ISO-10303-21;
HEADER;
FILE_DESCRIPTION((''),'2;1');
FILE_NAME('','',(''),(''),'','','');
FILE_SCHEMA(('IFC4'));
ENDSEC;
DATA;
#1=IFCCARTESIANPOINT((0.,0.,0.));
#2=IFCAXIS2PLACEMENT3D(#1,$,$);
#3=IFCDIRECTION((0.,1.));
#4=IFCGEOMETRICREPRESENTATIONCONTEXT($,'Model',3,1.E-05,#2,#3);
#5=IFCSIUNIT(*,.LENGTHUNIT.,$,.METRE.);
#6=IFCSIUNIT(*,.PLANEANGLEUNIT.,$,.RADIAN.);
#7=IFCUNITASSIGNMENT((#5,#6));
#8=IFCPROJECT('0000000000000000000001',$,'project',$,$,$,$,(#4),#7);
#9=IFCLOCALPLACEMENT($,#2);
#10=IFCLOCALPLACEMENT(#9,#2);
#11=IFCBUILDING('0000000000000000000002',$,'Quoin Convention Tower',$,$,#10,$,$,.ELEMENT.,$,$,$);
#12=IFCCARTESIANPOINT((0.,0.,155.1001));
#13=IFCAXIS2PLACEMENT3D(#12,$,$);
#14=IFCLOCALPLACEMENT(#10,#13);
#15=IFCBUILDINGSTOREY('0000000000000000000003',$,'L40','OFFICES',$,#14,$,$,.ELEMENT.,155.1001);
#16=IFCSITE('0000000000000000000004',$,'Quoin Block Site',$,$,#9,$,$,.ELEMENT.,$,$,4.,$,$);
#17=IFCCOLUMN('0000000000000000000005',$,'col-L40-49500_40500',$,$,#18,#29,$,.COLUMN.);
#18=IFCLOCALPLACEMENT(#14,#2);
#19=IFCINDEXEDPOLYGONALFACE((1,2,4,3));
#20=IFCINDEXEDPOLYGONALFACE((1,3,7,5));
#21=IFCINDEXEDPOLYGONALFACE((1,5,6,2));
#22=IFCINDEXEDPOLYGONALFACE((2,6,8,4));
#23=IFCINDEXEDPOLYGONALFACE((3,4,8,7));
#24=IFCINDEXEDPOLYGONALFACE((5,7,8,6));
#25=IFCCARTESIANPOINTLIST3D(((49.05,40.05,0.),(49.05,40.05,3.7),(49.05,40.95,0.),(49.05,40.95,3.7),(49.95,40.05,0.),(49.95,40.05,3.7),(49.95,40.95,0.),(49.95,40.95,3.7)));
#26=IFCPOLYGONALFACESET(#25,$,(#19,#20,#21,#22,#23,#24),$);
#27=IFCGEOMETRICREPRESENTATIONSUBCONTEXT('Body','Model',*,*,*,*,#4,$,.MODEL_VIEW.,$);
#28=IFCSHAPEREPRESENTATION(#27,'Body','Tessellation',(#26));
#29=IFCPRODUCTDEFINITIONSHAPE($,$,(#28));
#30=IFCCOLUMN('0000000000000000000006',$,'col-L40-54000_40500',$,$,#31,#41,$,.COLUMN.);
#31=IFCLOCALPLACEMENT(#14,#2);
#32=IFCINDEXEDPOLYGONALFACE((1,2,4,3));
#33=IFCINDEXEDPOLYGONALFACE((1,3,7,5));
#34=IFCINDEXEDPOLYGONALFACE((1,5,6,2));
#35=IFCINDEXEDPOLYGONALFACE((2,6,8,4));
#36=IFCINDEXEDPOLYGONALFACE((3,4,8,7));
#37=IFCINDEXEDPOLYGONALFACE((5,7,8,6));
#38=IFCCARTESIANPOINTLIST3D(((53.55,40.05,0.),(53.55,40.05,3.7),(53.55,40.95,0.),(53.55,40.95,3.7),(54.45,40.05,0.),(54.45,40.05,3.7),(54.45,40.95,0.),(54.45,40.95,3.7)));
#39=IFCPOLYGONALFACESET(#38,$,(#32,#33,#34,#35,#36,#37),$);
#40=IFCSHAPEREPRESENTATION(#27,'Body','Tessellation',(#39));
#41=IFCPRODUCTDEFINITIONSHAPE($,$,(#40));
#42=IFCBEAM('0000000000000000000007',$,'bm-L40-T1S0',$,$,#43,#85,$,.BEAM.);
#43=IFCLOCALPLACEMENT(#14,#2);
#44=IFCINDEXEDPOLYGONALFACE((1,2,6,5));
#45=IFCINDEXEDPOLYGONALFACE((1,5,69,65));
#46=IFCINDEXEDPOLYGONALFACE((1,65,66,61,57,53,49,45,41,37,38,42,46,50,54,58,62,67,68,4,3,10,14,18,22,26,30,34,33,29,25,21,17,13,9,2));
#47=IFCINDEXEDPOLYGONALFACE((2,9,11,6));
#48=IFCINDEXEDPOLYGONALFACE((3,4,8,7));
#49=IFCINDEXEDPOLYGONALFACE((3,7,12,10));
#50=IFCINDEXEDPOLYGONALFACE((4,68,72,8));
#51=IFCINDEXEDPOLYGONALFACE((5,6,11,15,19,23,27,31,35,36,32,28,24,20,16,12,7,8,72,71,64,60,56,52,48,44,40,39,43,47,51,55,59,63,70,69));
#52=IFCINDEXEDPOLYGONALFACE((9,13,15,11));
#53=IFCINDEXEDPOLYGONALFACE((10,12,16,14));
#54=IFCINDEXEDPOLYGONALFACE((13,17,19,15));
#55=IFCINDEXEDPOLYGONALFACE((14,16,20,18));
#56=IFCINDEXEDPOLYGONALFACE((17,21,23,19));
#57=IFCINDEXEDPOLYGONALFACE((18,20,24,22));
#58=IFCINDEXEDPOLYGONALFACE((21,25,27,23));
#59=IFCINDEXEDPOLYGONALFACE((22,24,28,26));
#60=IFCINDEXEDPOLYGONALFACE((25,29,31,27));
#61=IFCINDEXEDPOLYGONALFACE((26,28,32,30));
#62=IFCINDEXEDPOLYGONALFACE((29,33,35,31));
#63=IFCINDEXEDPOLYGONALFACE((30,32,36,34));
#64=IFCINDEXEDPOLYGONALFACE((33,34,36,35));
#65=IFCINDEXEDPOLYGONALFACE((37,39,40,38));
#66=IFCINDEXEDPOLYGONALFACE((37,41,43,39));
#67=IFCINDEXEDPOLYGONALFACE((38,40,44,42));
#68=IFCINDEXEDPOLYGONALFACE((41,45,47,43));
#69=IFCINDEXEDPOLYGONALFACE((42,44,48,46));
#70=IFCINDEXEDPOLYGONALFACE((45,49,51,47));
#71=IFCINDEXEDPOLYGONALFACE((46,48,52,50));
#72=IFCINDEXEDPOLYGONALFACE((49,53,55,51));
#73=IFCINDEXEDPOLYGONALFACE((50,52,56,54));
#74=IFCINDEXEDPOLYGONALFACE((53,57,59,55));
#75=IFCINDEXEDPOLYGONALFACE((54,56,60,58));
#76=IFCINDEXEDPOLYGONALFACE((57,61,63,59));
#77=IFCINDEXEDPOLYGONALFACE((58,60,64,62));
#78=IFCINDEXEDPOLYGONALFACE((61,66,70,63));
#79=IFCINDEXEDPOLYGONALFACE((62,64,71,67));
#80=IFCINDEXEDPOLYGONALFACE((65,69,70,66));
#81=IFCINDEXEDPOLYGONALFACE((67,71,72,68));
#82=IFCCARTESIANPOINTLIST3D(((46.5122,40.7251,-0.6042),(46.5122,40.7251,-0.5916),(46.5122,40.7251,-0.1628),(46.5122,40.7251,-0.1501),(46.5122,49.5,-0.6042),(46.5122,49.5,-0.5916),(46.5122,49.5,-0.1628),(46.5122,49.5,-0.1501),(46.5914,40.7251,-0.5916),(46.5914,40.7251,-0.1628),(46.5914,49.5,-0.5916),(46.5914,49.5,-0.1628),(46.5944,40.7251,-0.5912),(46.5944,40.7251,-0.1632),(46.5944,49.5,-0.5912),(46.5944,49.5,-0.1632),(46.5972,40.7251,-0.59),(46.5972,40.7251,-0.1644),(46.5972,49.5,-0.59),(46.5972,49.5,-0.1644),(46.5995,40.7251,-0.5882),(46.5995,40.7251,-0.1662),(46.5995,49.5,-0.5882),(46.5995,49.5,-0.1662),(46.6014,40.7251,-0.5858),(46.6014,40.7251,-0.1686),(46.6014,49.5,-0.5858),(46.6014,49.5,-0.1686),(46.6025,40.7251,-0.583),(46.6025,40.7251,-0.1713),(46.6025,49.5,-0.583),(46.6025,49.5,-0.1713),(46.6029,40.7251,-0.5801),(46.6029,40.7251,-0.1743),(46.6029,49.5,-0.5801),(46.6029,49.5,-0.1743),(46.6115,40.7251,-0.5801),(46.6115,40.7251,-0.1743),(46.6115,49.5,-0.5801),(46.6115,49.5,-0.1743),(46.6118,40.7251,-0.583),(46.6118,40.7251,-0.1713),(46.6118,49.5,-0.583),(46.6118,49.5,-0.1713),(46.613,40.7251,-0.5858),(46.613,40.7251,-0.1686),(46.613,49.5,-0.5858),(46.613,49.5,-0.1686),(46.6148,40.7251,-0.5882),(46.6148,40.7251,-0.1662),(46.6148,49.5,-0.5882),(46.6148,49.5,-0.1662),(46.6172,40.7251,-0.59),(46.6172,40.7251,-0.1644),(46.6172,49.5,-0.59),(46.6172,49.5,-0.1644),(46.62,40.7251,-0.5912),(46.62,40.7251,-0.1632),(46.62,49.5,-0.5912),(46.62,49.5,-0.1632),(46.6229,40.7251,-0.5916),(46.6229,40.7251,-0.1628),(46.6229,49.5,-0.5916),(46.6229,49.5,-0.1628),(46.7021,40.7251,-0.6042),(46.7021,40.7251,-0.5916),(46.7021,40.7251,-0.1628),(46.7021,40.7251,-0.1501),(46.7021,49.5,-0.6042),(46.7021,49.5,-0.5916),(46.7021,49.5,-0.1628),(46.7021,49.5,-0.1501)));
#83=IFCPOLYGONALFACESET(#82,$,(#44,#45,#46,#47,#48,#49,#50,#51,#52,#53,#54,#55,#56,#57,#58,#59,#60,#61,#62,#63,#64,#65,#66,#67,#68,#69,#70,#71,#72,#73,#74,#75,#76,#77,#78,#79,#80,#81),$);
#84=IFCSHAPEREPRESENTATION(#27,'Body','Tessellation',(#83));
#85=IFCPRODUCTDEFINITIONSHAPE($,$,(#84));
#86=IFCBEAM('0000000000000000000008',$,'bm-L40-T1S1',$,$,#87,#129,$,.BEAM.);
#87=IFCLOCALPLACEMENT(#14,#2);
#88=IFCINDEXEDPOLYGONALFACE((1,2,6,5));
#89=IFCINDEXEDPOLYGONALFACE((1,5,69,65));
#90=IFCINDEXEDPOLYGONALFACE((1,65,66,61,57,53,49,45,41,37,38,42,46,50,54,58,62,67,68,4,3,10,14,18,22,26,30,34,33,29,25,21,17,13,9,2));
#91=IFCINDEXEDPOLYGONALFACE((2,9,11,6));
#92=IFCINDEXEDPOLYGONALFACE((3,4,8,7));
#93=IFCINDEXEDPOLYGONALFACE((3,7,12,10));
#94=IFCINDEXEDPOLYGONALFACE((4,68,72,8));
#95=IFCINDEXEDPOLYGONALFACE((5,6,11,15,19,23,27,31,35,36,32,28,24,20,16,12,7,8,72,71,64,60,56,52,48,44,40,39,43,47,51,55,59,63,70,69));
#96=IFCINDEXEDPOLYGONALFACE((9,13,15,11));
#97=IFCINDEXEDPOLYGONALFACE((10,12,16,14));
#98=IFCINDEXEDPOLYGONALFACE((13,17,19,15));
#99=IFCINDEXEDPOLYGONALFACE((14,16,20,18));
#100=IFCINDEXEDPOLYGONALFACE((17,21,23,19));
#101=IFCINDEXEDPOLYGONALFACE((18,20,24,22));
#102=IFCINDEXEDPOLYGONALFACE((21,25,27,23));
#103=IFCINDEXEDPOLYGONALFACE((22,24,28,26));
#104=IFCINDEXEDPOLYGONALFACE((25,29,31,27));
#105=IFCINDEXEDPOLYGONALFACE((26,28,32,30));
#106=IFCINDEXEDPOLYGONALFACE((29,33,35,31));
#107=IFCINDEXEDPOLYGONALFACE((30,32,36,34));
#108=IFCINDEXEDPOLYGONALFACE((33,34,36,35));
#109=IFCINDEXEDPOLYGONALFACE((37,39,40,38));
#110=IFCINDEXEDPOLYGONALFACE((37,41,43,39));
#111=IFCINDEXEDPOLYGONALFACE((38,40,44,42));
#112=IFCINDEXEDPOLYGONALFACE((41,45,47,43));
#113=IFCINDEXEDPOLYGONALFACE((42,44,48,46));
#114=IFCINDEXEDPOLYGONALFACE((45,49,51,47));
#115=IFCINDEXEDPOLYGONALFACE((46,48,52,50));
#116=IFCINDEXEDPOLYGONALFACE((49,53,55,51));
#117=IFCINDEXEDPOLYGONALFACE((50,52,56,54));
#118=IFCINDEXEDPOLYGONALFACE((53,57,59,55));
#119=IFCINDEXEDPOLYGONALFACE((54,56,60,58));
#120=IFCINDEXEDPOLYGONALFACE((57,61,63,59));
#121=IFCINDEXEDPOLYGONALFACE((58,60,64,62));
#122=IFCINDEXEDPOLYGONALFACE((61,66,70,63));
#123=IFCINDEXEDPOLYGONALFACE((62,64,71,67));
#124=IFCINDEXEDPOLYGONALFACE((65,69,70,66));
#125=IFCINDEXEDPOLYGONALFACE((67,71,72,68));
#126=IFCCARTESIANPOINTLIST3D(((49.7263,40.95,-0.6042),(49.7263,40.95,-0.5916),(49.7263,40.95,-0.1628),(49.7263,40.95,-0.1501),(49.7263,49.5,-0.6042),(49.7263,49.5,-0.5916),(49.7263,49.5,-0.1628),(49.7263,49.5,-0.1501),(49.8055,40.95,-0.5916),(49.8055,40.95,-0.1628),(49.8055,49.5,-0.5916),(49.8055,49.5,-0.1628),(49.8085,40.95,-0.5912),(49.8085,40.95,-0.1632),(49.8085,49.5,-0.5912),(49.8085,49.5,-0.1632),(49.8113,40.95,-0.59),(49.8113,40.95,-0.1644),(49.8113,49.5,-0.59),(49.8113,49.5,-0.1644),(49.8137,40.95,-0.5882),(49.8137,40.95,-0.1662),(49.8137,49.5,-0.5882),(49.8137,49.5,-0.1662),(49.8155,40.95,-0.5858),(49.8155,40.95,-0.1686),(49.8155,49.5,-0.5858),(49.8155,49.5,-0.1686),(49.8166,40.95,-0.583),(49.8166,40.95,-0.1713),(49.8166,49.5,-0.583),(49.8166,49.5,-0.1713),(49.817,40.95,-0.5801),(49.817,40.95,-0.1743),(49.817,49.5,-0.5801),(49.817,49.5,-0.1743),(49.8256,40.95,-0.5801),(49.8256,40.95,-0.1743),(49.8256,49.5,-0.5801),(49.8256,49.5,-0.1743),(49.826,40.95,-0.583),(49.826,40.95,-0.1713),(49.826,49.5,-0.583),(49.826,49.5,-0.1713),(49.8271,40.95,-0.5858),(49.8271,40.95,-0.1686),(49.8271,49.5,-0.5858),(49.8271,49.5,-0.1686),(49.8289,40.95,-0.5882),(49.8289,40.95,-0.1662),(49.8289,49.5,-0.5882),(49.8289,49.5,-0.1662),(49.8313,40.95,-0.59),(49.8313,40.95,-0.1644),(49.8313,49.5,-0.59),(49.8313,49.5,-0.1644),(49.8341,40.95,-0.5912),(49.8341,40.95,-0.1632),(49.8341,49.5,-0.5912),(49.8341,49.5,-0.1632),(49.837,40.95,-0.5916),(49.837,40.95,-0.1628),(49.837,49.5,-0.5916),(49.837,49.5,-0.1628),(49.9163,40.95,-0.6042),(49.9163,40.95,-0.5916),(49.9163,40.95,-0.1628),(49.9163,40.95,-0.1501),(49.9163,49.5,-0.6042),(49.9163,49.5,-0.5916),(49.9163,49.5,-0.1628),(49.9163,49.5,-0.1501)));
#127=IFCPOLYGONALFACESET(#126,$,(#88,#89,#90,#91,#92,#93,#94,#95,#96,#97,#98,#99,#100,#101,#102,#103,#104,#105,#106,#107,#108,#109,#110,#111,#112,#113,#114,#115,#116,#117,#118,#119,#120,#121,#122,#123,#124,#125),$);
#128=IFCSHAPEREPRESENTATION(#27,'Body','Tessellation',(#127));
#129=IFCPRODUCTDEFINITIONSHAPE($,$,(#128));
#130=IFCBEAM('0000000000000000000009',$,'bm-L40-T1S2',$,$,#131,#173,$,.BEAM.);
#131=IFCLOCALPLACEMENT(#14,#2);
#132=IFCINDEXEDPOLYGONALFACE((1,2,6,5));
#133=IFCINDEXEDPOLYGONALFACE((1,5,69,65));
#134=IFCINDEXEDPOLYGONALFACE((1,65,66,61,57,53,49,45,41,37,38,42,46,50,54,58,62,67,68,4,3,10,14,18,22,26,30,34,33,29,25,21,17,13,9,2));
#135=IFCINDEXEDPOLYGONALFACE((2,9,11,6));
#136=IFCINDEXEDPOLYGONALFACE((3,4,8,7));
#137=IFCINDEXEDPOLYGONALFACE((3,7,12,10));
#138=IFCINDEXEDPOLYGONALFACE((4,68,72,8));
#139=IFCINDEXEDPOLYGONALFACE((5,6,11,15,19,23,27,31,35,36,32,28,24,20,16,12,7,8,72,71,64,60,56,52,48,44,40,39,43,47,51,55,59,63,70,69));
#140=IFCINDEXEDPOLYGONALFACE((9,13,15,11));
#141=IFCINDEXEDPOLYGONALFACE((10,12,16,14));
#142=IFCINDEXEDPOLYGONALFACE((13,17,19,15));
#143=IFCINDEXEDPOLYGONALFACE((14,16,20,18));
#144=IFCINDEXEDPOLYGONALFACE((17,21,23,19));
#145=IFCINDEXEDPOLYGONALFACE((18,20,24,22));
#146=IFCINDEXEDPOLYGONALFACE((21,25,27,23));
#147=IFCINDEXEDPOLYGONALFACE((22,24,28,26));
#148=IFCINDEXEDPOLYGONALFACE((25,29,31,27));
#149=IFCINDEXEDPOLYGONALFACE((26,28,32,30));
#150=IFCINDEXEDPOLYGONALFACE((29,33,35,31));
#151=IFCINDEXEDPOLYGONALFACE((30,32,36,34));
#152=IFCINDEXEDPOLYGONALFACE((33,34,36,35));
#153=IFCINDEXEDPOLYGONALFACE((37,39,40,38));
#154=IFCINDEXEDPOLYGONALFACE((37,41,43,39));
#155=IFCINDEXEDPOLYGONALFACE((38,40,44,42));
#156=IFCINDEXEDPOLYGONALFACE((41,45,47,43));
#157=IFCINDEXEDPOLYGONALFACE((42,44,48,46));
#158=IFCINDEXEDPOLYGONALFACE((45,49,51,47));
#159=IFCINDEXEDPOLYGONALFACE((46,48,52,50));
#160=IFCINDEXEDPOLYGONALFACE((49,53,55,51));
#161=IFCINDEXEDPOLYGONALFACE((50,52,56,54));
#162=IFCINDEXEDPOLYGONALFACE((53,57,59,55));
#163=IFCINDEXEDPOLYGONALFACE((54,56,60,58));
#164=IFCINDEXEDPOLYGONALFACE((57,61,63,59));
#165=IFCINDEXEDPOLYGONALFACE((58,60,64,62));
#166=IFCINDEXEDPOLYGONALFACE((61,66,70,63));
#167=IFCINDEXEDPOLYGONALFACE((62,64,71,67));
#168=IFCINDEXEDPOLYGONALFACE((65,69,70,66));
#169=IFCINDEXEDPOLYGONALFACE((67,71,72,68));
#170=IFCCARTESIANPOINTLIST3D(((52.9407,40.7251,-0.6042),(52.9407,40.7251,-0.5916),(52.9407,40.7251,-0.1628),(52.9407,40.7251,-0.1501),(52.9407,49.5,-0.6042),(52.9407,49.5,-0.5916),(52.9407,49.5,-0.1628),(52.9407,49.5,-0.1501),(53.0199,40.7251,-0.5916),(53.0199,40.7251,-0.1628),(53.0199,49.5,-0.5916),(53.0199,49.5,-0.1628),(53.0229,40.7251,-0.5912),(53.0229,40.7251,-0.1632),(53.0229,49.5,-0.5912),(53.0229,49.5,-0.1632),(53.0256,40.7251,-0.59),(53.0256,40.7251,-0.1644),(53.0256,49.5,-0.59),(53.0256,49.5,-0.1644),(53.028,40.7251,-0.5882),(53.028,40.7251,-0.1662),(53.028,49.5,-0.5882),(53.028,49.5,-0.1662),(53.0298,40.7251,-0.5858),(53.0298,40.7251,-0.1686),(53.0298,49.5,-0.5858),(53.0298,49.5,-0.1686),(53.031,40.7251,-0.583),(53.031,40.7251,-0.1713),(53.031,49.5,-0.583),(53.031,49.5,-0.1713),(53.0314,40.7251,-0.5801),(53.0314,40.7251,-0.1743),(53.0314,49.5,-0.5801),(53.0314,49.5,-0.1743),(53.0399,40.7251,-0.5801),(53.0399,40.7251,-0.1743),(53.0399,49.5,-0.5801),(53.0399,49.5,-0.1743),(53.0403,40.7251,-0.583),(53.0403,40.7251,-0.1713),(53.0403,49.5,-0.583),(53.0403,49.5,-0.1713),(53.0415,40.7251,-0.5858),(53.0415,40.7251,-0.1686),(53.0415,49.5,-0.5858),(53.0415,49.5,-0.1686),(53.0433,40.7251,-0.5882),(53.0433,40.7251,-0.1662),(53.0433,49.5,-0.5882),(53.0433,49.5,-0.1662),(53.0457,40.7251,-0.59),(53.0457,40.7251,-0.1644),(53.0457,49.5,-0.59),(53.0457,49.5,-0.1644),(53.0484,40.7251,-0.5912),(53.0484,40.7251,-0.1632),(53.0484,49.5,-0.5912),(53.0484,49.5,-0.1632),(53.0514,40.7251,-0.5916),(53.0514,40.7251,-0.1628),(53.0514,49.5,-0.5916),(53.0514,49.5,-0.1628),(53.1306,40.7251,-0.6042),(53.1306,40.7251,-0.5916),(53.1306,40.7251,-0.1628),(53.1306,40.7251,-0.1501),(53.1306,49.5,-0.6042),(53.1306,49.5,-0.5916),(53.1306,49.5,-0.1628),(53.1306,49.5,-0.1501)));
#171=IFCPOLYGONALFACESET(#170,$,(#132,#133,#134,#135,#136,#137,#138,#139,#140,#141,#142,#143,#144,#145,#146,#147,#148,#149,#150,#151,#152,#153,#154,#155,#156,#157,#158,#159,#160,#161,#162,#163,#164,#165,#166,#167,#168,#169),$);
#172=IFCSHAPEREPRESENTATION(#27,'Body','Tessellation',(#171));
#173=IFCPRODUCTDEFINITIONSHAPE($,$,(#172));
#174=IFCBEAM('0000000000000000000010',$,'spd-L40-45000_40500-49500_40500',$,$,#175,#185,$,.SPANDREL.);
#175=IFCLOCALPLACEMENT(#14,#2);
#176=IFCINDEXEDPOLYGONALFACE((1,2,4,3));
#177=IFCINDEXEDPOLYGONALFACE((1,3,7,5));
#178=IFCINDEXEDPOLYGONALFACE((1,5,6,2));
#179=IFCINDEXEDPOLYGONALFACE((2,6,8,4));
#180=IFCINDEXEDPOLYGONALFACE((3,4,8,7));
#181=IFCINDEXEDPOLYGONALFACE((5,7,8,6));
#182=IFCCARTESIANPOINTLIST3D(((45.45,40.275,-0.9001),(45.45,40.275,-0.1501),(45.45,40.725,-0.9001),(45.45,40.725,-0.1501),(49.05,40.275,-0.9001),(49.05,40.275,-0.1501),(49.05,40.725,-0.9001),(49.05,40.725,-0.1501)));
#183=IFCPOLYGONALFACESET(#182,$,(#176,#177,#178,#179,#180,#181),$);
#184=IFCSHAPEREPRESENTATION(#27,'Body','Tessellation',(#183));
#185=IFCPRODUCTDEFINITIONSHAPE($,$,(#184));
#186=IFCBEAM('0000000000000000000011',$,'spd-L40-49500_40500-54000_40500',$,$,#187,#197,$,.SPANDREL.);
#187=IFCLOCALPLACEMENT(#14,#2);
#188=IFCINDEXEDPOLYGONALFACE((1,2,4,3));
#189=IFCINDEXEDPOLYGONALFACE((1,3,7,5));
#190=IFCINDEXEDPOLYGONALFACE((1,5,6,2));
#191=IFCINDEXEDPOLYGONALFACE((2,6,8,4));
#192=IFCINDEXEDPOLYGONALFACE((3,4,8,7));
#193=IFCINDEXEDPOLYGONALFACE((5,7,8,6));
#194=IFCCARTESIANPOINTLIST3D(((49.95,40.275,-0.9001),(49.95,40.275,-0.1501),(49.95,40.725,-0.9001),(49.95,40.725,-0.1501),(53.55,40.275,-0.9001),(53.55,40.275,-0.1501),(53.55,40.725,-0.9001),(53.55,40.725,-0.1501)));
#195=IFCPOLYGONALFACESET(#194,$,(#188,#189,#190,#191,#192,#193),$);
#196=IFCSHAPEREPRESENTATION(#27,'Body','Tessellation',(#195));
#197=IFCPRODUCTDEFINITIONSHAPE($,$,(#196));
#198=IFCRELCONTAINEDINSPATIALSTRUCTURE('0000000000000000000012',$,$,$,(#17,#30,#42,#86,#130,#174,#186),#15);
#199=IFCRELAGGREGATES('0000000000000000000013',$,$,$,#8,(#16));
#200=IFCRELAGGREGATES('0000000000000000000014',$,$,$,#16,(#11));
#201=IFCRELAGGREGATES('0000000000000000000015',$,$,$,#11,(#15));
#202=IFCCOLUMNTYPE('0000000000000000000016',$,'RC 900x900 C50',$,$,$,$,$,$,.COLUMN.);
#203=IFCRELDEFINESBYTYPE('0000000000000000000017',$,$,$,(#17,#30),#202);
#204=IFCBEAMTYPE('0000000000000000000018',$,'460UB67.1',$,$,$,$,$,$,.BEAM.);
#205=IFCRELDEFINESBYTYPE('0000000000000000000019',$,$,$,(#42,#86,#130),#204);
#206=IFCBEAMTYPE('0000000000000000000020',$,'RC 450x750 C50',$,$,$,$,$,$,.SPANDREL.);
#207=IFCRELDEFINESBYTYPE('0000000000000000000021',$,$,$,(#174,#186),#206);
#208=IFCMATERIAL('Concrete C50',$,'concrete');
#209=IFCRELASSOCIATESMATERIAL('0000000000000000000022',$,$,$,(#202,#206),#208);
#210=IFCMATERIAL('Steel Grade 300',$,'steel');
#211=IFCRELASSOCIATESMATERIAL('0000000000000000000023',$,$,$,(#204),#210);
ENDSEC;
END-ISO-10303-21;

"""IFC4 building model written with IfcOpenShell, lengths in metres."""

from ifc_helpers import new_model, si_unit, direction, frame, origin, origin_2d, place, context, subcontext, project, spatial, rectangle, i_section, extrude, material, material_profile, profile_set, type_object, element, save


model = new_model("IFC4")

# Units and contexts
model_context = context("Model", 3, precision=1e-05, world=origin(), true_north=direction((0.0, 1.0)))
body_context = subcontext(model_context, "Body", "Model", "MODEL_VIEW")
ifc_project = project(units=[si_unit("LENGTHUNIT", "METRE"), si_unit("PLANEANGLEUNIT", "RADIAN")], contexts=[model_context])

# Site, building, storey
site_placement = place(None, origin())
site = spatial("IfcSite", under=ifc_project, at=site_placement, Name="Quoin Block Site", CompositionType="ELEMENT", RefElevation=4.0)
building_placement = place(site_placement, origin())
building = spatial("IfcBuilding", under=site, at=building_placement, Name="Quoin Convention Tower", CompositionType="ELEMENT")
storey_placement = place(building_placement, frame((0.0, 0.0, 155.1001)))
storey = spatial("IfcBuildingStorey", under=building, at=storey_placement, Name="L40", Description="OFFICES", CompositionType="ELEMENT", Elevation=155.1001)

# Columns
ifc_material_1 = material(Name="Concrete C50", Category="concrete")
ifc_material_profile_1 = material_profile(ifc_material_1, rectangle(XDim=0.8999, YDim=0.8999, at=origin_2d()), Name="RC 900x900")
ifc_profile_set_1 = profile_set([ifc_material_profile_1], Name="Concrete C50")
column_type = type_object("IfcColumnType", Name="RC 900x900 C50", PredefinedType="COLUMN", material=ifc_profile_set_1)
for number, where, z_axis, x_axis, name in (
    (1, (49.5, 40.5, 0.0), (0.0, 0.0, 1.0), (1.0, 0.0, 0.0), "col-L40-49500_40500"),
    (2, (54.0, 40.5, 0.0), (0.0, 0.0, 1.0), (1.0, 0.0, 0.0), "col-L40-54000_40500"),
):
    element("IfcColumn", number, at=place(storey_placement, frame(where, z_axis=z_axis, x_axis=x_axis)), inside=storey, type_object=column_type, Name=name, PredefinedType="COLUMN", context=body_context, shape_type="SweptSolid", body=[
        extrude(rectangle(XDim=0.8999, YDim=0.8999, at=origin_2d()), origin(), (0.0, 0.0, 1.0), 3.7),
    ])

# Beams
ifc_material_2 = material(Name="Steel Grade 300", Category="steel")
ifc_material_profile_2 = material_profile(ifc_material_2, i_section(OverallWidth=0.1899, OverallDepth=0.4541, WebThickness=0.0085, FlangeThickness=0.0127, FilletRadius=0.0115, at=origin_2d()), Name="460UB67.1")
ifc_profile_set_2 = profile_set([ifc_material_profile_2], Name="Steel Grade 300")
beam_type_1 = type_object("IfcBeamType", Name="460UB67.1", PredefinedType="BEAM", material=ifc_profile_set_2)
beam_1_placement = place(storey_placement, frame((46.6072, 40.7251, -0.3772), z_axis=(0.0, 1.0, 0.0), x_axis=(-1.0, 0.0, 0.0)))
element("IfcBeam", 3, at=beam_1_placement, inside=storey, type_object=beam_type_1, Name="bm-L40-T1S0", PredefinedType="BEAM", context=body_context, shape_type="SweptSolid", body=[
    extrude(i_section(OverallWidth=0.1899, OverallDepth=0.4541, WebThickness=0.0085, FlangeThickness=0.0127, FilletRadius=0.0115, at=origin_2d()), origin(), (0.0, 0.0, 1.0), 8.7749),
])
beam_2_placement = place(storey_placement, frame((49.8213, 40.95, -0.3772), z_axis=(0.0, 1.0, 0.0), x_axis=(-1.0, 0.0, 0.0)))
element("IfcBeam", 4, at=beam_2_placement, inside=storey, type_object=beam_type_1, Name="bm-L40-T1S1", PredefinedType="BEAM", context=body_context, shape_type="SweptSolid", body=[
    extrude(i_section(OverallWidth=0.1899, OverallDepth=0.4541, WebThickness=0.0085, FlangeThickness=0.0127, FilletRadius=0.0115, at=origin_2d()), origin(), (0.0, 0.0, 1.0), 8.55),
])
beam_3_placement = place(storey_placement, frame((53.0356, 40.7251, -0.3772), z_axis=(0.0, 1.0, 0.0), x_axis=(-1.0, 0.0, 0.0)))
element("IfcBeam", 5, at=beam_3_placement, inside=storey, type_object=beam_type_1, Name="bm-L40-T1S2", PredefinedType="BEAM", context=body_context, shape_type="SweptSolid", body=[
    extrude(i_section(OverallWidth=0.1899, OverallDepth=0.4541, WebThickness=0.0085, FlangeThickness=0.0127, FilletRadius=0.0115, at=origin_2d()), origin(), (0.0, 0.0, 1.0), 8.7749),
])
ifc_material_profile_3 = material_profile(ifc_material_1, rectangle(XDim=0.45, YDim=0.75, at=origin_2d()), Name="RC 450x750")
ifc_profile_set_3 = profile_set([ifc_material_profile_3], Name="Concrete C50")
beam_type_2 = type_object("IfcBeamType", Name="RC 450x750 C50", PredefinedType="SPANDREL", material=ifc_profile_set_3)
for number, where, z_axis, x_axis, name in (
    (6, (45.45, 40.5, -0.5251), (1.0, 0.0, 0.0), (0.0, 1.0, 0.0), "spd-L40-45000_40500-49500_40500"),
    (7, (49.95, 40.5, -0.5251), (1.0, 0.0, 0.0), (0.0, 1.0, 0.0), "spd-L40-49500_40500-54000_40500"),
):
    element("IfcBeam", number, at=place(storey_placement, frame(where, z_axis=z_axis, x_axis=x_axis)), inside=storey, type_object=beam_type_2, Name=name, PredefinedType="SPANDREL", context=body_context, shape_type="SweptSolid", body=[
        extrude(rectangle(XDim=0.45, YDim=0.75, at=origin_2d()), origin(), (0.0, 0.0, 1.0), 3.6001),
    ])

save(model, "model.ifc")
